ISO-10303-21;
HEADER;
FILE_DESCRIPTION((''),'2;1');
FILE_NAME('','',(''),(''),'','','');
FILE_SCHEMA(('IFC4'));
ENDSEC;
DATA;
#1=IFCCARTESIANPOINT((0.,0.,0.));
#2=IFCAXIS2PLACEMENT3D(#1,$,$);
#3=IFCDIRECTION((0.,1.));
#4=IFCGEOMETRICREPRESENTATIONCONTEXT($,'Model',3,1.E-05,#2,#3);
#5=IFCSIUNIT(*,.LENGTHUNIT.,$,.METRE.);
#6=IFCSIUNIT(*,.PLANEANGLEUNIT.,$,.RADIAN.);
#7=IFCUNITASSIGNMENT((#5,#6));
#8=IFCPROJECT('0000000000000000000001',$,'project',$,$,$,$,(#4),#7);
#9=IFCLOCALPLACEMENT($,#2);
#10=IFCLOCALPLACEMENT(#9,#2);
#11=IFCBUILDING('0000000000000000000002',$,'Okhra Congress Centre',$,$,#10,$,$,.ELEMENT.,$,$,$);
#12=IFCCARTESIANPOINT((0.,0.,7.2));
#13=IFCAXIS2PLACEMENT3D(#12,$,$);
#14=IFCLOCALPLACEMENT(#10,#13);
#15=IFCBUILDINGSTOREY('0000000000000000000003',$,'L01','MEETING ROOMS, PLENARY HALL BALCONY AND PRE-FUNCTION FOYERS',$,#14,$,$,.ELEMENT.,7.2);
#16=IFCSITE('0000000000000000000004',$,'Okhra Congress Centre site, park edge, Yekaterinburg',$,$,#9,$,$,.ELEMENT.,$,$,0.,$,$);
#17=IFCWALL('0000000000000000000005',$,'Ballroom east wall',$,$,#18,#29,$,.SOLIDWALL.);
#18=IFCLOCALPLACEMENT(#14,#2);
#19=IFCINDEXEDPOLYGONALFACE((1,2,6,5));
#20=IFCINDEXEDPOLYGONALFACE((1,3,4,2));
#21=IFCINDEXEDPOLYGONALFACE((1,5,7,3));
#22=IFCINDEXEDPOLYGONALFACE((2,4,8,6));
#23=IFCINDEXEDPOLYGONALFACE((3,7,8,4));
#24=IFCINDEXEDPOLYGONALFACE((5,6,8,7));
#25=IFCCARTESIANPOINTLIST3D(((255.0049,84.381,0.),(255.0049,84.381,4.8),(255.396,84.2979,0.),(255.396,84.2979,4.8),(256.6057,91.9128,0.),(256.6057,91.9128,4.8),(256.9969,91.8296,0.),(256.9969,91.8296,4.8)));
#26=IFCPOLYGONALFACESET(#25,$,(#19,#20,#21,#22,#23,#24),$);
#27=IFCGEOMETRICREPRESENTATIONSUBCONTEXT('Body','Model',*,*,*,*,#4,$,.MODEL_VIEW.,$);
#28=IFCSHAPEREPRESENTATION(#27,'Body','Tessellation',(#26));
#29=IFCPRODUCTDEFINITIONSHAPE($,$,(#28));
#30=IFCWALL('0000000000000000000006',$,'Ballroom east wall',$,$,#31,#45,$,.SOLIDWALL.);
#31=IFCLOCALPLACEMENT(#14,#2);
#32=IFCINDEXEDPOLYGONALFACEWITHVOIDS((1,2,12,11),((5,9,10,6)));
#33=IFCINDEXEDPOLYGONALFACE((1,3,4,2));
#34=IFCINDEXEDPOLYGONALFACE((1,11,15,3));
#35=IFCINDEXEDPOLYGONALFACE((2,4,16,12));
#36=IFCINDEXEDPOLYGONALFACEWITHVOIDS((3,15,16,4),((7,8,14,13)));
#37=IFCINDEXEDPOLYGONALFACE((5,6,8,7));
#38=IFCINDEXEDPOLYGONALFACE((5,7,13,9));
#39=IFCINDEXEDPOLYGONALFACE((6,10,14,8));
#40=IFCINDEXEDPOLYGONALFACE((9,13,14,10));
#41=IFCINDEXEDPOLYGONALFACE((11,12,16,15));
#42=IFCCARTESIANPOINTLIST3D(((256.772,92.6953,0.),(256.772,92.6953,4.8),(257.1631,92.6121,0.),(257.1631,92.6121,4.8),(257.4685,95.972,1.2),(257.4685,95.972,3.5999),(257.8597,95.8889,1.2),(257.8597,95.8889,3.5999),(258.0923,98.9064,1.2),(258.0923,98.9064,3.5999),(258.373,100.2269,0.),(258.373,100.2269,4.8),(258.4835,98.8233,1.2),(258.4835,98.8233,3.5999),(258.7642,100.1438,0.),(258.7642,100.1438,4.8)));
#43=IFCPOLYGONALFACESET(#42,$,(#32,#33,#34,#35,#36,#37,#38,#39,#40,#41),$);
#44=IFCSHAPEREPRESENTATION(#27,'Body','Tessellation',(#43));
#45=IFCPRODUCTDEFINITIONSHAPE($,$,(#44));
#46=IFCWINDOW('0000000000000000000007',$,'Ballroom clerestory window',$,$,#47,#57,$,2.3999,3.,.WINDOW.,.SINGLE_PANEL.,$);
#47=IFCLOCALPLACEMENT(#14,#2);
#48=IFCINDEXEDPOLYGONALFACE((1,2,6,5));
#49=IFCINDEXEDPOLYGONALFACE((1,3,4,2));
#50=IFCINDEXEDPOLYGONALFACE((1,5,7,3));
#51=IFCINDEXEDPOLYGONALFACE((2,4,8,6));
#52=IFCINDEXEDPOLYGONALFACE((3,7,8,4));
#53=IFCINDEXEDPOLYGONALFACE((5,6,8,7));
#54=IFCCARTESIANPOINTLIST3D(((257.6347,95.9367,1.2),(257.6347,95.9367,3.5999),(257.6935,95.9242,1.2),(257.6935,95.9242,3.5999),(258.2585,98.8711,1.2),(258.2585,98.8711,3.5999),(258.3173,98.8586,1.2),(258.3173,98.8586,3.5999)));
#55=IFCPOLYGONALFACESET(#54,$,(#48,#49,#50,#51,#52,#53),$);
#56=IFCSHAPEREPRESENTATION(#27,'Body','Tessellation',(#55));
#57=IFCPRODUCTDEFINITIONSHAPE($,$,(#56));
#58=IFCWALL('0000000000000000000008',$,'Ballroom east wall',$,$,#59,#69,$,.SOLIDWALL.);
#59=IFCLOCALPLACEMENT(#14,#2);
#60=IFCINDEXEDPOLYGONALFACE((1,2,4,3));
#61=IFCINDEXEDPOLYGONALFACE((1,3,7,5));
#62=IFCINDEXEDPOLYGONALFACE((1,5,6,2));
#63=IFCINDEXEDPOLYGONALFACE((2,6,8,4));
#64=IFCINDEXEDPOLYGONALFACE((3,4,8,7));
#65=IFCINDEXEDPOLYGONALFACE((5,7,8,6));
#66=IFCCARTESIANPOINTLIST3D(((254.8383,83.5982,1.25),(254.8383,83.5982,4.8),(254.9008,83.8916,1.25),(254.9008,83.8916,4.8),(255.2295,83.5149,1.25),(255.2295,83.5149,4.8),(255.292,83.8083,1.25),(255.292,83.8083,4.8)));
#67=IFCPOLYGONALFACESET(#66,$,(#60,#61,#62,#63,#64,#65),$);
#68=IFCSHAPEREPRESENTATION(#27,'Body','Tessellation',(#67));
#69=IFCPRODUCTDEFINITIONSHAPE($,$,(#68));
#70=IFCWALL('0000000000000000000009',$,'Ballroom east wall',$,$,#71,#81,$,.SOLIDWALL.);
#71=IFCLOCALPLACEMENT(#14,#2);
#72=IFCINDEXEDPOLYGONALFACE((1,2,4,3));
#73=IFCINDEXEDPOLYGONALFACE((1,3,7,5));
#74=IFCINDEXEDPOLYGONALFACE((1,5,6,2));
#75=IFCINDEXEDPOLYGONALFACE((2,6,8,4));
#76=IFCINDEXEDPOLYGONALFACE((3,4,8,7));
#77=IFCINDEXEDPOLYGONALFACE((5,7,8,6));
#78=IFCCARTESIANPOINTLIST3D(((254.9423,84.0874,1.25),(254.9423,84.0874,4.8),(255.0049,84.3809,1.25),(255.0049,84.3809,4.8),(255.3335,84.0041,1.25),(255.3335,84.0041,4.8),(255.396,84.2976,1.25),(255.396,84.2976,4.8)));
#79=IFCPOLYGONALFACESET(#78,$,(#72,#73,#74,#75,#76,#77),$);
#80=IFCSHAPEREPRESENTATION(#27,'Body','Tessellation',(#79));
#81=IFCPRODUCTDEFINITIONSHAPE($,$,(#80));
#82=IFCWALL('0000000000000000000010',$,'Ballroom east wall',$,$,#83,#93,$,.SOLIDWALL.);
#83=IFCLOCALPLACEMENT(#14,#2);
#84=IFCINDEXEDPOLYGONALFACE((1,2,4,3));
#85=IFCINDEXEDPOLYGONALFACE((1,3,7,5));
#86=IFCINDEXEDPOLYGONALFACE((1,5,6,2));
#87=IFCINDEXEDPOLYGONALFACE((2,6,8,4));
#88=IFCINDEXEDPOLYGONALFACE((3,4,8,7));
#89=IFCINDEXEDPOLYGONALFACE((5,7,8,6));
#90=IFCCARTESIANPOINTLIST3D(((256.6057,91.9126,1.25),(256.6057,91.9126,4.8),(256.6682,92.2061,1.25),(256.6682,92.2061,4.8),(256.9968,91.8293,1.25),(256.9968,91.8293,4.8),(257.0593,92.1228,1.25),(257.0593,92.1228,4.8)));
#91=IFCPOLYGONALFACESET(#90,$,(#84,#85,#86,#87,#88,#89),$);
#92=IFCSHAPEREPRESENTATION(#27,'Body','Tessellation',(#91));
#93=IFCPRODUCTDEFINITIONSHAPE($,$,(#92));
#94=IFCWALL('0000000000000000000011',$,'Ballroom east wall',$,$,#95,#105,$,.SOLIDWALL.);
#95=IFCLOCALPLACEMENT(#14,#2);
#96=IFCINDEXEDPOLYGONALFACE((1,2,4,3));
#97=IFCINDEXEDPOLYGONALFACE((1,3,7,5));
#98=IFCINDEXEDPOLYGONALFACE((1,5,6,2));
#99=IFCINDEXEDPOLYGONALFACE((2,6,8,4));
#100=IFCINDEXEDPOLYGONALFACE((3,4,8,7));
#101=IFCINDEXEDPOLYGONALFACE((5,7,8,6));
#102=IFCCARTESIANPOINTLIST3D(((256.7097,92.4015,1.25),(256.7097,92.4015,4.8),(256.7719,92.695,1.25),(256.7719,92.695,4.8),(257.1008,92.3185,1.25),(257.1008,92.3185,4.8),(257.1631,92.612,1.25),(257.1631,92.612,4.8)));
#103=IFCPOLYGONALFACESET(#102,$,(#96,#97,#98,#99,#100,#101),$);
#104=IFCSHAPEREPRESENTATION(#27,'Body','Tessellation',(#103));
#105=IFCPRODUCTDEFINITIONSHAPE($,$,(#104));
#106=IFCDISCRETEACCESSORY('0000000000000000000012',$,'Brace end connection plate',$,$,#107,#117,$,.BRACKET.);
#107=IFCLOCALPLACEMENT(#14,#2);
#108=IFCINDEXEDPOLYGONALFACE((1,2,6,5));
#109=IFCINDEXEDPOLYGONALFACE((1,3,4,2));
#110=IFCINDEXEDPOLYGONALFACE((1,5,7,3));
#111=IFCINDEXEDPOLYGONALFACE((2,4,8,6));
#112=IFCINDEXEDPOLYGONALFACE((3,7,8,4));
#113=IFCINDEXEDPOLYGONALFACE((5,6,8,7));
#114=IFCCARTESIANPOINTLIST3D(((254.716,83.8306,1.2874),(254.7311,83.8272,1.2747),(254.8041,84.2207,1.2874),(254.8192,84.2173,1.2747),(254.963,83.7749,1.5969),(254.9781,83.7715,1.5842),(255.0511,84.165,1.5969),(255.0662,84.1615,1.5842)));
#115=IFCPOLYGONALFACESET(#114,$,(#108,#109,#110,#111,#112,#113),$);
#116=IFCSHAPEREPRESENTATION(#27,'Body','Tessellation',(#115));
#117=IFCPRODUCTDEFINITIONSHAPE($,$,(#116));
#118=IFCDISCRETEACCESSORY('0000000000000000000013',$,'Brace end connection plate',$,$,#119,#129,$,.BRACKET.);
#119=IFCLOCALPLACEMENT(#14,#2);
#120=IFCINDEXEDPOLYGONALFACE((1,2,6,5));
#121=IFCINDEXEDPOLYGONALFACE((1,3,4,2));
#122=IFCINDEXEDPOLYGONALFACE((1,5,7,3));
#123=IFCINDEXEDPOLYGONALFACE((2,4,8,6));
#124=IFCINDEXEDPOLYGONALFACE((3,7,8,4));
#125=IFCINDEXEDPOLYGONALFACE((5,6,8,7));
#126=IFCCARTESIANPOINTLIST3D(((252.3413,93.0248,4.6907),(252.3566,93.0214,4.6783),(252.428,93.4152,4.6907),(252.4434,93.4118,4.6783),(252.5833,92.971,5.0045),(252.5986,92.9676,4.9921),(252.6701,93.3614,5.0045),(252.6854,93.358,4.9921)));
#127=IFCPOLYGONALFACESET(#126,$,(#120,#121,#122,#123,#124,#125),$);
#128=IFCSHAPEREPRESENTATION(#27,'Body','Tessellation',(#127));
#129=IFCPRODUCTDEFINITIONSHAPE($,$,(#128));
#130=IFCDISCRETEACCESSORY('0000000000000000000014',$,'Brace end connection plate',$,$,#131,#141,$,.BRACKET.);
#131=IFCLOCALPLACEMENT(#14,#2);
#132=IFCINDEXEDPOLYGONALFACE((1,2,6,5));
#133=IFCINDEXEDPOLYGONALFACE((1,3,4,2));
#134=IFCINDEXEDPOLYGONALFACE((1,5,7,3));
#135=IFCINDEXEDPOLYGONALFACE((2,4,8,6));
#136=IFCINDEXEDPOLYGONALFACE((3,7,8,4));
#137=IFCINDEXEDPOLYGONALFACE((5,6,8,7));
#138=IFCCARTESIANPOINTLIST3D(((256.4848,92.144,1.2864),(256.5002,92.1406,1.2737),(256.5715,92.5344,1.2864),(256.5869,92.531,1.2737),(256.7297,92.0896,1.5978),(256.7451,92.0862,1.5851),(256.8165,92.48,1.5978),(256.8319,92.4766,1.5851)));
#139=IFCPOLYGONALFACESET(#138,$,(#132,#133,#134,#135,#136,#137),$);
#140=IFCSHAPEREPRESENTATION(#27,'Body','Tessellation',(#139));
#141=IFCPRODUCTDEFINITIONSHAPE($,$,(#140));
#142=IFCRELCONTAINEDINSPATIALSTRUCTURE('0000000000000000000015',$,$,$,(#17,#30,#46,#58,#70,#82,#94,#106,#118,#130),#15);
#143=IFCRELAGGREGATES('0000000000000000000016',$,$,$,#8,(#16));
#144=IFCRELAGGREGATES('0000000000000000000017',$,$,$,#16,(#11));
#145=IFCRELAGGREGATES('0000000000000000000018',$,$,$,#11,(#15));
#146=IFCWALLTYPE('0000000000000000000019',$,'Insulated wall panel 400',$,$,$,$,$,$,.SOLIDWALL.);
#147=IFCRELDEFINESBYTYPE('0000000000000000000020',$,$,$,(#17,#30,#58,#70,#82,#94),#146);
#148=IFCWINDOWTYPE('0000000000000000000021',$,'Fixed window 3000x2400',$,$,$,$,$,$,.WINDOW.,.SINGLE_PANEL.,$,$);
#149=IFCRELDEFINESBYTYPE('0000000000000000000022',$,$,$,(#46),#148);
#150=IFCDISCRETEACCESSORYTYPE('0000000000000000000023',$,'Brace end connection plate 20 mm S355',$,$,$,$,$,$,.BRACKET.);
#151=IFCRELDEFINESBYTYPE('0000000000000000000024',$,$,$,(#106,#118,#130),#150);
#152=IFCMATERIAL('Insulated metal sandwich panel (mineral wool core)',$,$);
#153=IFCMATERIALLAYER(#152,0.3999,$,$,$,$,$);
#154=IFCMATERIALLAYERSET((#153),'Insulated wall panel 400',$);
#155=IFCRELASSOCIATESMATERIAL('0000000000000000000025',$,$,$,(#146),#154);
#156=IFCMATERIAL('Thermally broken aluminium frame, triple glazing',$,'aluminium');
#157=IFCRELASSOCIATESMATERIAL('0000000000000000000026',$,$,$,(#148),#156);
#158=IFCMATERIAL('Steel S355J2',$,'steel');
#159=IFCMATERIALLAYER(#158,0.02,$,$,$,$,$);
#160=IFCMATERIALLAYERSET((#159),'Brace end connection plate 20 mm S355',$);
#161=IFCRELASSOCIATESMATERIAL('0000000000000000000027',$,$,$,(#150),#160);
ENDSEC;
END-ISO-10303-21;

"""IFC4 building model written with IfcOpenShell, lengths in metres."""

from ifc_helpers import new_model, si_unit, direction, frame, frame_2d, origin, origin_2d, place, context, subcontext, project, spatial, rectangle, extrude, material, layer, layer_set, type_object, element, fill, save


model = new_model("IFC4")

# Units and contexts
model_context = context("Model", 3, precision=1e-05, world=origin(), true_north=direction((0.0, 1.0)))
body_context = subcontext(model_context, "Body", "Model", "MODEL_VIEW")
ifc_project = project(units=[si_unit("LENGTHUNIT", "METRE"), si_unit("PLANEANGLEUNIT", "RADIAN")], contexts=[model_context])

# Site, building, storey
site_placement = place(None, origin())
site = spatial("IfcSite", under=ifc_project, at=site_placement, Name="Okhra Congress Centre site, park edge, Yekaterinburg", CompositionType="ELEMENT", RefElevation=0.0)
building_placement = place(site_placement, origin())
building = spatial("IfcBuilding", under=site, at=building_placement, Name="Okhra Congress Centre", CompositionType="ELEMENT")
storey_placement = place(building_placement, frame((0.0, 0.0, 7.2)))
storey = spatial("IfcBuildingStorey", under=building, at=storey_placement, Name="L01", Description="MEETING ROOMS, PLENARY HALL BALCONY AND PRE-FUNCTION FOYERS", CompositionType="ELEMENT", Elevation=7.2)

# Shared definitions
ifc_material_1 = material(Name="Steel S355J2", Category="steel")

# Wall
ifc_material_2 = material(Name="Insulated metal sandwich panel (mineral wool core)")
ifc_layer_1 = layer(ifc_material_2, 0.3999)
ifc_layer_set_1 = layer_set([ifc_layer_1], Name="Insulated wall panel 400")
wall_type_1 = type_object("IfcWallType", Name="Insulated wall panel 400", PredefinedType="SOLIDWALL", material=ifc_layer_set_1)
wall_1_placement = place(storey_placement, frame((255.2004, 84.3394, 0.0), z_axis=(0.0, 0.0, 1.0), x_axis=(0.2079, 0.97815, 0.0)))
element("IfcWall", 1, at=wall_1_placement, inside=storey, type_object=wall_type_1, Name="Ballroom east wall", PredefinedType="SOLIDWALL", context=body_context, shape_type="SweptSolid", body=[
    extrude(rectangle(XDim=7.7, YDim=0.3999, at=frame_2d((3.8501, 0.0))), origin(), (0.0, 0.0, 1.0), 4.8),
])

# Wall, opening, window
wall_2_placement = place(storey_placement, frame((256.9675, 92.6536, 0.0), z_axis=(0.0, 0.0, 1.0), x_axis=(0.207931, 0.978144, 0.0)))
wall_2 = element("IfcWall", 2, at=wall_2_placement, inside=storey, type_object=wall_type_1, Name="Ballroom east wall", PredefinedType="SOLIDWALL", context=body_context, shape_type="SweptSolid", body=[
    extrude(rectangle(XDim=7.7, YDim=0.3999, at=frame_2d((3.8501, 0.0))), origin(), (0.0, 0.0, 1.0), 4.8),
])
opening_placement = place(wall_2_placement, frame((3.3501, 0.0, 1.2)))
opening = element("IfcOpeningElement", 3, at=opening_placement, cuts=wall_2, PredefinedType="OPENING", context=body_context, shape_type="SweptSolid", body=[
    extrude(rectangle(XDim=3.0, YDim=2.3999, at=frame_2d((1.5, 1.2))), frame((0.0, 0.21, 0.0), z_axis=(0.0, -1.0, 0.0), x_axis=(1.0, 0.0, 0.0)), (0.0, 0.0, 1.0), 0.4199),
])
ifc_material_3 = material(Name="Thermally broken aluminium frame, triple glazing", Category="aluminium")
window_type = type_object("IfcWindowType", Name="Fixed window 3000x2400", PartitioningType="SINGLE_PANEL", PredefinedType="WINDOW", material=ifc_material_3)
window_placement = place(opening_placement, origin())
window = element("IfcWindow", 4, at=window_placement, inside=storey, type_object=window_type, Name="Ballroom clerestory window", OverallHeight=2.3999, OverallWidth=3.0, PartitioningType="SINGLE_PANEL", PredefinedType="WINDOW", context=body_context, shape_type="SweptSolid", body=[
    extrude(rectangle(XDim=3.0, YDim=2.3999, at=frame_2d((1.5, 1.2))), frame((0.0, 0.03, 0.0), z_axis=(0.0, -1.0, 0.0), x_axis=(1.0, 0.0, 0.0)), (0.0, 0.0, 1.0), 0.0601),
])
fill(opening, window)

# Walls
for number, where, z_axis, x_axis, name in (
    (5, (255.0339, 83.5566, 1.25), (0.0, 0.0, 1.0), (0.208306, 0.978064, 0.0), "Ballroom east wall"),
    (6, (255.1379, 84.0459, 1.25), (0.0, 0.0, 1.0), (0.208306, 0.978064, 0.0), "Ballroom east wall"),
    (7, (256.8013, 91.8711, 1.25), (0.0, 0.0, 1.0), (0.208306, 0.978064, 0.0), "Ballroom east wall"),
    (8, (256.9053, 92.3601, 1.25), (0.0, 0.0, 1.0), (0.207528, 0.978229, 0.0), "Ballroom east wall"),
):
    element("IfcWall", number, at=place(storey_placement, frame(where, z_axis=z_axis, x_axis=x_axis)), inside=storey, type_object=wall_type_1, Name=name, PredefinedType="SOLIDWALL", context=body_context, shape_type="SweptSolid", body=[
        extrude(rectangle(XDim=0.3, YDim=0.3999, at=frame_2d((0.1499, 0.0))), origin(), (0.0, 0.0, 1.0), 3.55),
    ])

# Discrete accessories
ifc_layer_2 = layer(ifc_material_1, 0.02)
ifc_layer_set_2 = layer_set([ifc_layer_2], Name="Brace end connection plate 20 mm S355")
discrete_accessory_type = type_object("IfcDiscreteAccessoryType", Name="Brace end connection plate 20 mm S355", PredefinedType="BRACKET", material=ifc_layer_set_2)
for number, where, z_axis, x_axis, name in (
    (9, (254.8835, 83.9978, 1.4421), (0.754976, -0.170478, -0.633205), (0.220261, 0.975441, 0.0), "Brace end connection plate"),
    (10, (252.521, 93.1897, 4.8352), (-0.765904, 0.170201, 0.620018), (-0.21693, -0.976187, 0.0), "Brace end connection plate"),
):
    element("IfcDiscreteAccessory", number, at=place(storey_placement, frame(where, z_axis=z_axis, x_axis=x_axis)), inside=storey, type_object=discrete_accessory_type, Name=name, PredefinedType="BRACKET", context=body_context, shape_type="SweptSolid", body=[
        extrude(rectangle(XDim=0.3999, YDim=0.3999, at=origin_2d()), origin(), (0.0, 0.0, 1.0), 0.02),
    ])
discrete_accessory_placement = place(storey_placement, frame((256.6506, 92.312, 1.4421), z_axis=(0.76014, -0.16892, -0.627417), x_axis=(0.21693, 0.976187, 0.0)))
element("IfcDiscreteAccessory", 11, at=discrete_accessory_placement, inside=storey, type_object=discrete_accessory_type, Name="Brace end connection plate", PredefinedType="BRACKET", context=body_context, shape_type="SweptSolid", body=[
    extrude(rectangle(XDim=0.3999, YDim=0.3999, at=origin_2d()), origin(), (0.0, 0.0, 1.0), 0.0203),
])

save(model, "model.ifc")
